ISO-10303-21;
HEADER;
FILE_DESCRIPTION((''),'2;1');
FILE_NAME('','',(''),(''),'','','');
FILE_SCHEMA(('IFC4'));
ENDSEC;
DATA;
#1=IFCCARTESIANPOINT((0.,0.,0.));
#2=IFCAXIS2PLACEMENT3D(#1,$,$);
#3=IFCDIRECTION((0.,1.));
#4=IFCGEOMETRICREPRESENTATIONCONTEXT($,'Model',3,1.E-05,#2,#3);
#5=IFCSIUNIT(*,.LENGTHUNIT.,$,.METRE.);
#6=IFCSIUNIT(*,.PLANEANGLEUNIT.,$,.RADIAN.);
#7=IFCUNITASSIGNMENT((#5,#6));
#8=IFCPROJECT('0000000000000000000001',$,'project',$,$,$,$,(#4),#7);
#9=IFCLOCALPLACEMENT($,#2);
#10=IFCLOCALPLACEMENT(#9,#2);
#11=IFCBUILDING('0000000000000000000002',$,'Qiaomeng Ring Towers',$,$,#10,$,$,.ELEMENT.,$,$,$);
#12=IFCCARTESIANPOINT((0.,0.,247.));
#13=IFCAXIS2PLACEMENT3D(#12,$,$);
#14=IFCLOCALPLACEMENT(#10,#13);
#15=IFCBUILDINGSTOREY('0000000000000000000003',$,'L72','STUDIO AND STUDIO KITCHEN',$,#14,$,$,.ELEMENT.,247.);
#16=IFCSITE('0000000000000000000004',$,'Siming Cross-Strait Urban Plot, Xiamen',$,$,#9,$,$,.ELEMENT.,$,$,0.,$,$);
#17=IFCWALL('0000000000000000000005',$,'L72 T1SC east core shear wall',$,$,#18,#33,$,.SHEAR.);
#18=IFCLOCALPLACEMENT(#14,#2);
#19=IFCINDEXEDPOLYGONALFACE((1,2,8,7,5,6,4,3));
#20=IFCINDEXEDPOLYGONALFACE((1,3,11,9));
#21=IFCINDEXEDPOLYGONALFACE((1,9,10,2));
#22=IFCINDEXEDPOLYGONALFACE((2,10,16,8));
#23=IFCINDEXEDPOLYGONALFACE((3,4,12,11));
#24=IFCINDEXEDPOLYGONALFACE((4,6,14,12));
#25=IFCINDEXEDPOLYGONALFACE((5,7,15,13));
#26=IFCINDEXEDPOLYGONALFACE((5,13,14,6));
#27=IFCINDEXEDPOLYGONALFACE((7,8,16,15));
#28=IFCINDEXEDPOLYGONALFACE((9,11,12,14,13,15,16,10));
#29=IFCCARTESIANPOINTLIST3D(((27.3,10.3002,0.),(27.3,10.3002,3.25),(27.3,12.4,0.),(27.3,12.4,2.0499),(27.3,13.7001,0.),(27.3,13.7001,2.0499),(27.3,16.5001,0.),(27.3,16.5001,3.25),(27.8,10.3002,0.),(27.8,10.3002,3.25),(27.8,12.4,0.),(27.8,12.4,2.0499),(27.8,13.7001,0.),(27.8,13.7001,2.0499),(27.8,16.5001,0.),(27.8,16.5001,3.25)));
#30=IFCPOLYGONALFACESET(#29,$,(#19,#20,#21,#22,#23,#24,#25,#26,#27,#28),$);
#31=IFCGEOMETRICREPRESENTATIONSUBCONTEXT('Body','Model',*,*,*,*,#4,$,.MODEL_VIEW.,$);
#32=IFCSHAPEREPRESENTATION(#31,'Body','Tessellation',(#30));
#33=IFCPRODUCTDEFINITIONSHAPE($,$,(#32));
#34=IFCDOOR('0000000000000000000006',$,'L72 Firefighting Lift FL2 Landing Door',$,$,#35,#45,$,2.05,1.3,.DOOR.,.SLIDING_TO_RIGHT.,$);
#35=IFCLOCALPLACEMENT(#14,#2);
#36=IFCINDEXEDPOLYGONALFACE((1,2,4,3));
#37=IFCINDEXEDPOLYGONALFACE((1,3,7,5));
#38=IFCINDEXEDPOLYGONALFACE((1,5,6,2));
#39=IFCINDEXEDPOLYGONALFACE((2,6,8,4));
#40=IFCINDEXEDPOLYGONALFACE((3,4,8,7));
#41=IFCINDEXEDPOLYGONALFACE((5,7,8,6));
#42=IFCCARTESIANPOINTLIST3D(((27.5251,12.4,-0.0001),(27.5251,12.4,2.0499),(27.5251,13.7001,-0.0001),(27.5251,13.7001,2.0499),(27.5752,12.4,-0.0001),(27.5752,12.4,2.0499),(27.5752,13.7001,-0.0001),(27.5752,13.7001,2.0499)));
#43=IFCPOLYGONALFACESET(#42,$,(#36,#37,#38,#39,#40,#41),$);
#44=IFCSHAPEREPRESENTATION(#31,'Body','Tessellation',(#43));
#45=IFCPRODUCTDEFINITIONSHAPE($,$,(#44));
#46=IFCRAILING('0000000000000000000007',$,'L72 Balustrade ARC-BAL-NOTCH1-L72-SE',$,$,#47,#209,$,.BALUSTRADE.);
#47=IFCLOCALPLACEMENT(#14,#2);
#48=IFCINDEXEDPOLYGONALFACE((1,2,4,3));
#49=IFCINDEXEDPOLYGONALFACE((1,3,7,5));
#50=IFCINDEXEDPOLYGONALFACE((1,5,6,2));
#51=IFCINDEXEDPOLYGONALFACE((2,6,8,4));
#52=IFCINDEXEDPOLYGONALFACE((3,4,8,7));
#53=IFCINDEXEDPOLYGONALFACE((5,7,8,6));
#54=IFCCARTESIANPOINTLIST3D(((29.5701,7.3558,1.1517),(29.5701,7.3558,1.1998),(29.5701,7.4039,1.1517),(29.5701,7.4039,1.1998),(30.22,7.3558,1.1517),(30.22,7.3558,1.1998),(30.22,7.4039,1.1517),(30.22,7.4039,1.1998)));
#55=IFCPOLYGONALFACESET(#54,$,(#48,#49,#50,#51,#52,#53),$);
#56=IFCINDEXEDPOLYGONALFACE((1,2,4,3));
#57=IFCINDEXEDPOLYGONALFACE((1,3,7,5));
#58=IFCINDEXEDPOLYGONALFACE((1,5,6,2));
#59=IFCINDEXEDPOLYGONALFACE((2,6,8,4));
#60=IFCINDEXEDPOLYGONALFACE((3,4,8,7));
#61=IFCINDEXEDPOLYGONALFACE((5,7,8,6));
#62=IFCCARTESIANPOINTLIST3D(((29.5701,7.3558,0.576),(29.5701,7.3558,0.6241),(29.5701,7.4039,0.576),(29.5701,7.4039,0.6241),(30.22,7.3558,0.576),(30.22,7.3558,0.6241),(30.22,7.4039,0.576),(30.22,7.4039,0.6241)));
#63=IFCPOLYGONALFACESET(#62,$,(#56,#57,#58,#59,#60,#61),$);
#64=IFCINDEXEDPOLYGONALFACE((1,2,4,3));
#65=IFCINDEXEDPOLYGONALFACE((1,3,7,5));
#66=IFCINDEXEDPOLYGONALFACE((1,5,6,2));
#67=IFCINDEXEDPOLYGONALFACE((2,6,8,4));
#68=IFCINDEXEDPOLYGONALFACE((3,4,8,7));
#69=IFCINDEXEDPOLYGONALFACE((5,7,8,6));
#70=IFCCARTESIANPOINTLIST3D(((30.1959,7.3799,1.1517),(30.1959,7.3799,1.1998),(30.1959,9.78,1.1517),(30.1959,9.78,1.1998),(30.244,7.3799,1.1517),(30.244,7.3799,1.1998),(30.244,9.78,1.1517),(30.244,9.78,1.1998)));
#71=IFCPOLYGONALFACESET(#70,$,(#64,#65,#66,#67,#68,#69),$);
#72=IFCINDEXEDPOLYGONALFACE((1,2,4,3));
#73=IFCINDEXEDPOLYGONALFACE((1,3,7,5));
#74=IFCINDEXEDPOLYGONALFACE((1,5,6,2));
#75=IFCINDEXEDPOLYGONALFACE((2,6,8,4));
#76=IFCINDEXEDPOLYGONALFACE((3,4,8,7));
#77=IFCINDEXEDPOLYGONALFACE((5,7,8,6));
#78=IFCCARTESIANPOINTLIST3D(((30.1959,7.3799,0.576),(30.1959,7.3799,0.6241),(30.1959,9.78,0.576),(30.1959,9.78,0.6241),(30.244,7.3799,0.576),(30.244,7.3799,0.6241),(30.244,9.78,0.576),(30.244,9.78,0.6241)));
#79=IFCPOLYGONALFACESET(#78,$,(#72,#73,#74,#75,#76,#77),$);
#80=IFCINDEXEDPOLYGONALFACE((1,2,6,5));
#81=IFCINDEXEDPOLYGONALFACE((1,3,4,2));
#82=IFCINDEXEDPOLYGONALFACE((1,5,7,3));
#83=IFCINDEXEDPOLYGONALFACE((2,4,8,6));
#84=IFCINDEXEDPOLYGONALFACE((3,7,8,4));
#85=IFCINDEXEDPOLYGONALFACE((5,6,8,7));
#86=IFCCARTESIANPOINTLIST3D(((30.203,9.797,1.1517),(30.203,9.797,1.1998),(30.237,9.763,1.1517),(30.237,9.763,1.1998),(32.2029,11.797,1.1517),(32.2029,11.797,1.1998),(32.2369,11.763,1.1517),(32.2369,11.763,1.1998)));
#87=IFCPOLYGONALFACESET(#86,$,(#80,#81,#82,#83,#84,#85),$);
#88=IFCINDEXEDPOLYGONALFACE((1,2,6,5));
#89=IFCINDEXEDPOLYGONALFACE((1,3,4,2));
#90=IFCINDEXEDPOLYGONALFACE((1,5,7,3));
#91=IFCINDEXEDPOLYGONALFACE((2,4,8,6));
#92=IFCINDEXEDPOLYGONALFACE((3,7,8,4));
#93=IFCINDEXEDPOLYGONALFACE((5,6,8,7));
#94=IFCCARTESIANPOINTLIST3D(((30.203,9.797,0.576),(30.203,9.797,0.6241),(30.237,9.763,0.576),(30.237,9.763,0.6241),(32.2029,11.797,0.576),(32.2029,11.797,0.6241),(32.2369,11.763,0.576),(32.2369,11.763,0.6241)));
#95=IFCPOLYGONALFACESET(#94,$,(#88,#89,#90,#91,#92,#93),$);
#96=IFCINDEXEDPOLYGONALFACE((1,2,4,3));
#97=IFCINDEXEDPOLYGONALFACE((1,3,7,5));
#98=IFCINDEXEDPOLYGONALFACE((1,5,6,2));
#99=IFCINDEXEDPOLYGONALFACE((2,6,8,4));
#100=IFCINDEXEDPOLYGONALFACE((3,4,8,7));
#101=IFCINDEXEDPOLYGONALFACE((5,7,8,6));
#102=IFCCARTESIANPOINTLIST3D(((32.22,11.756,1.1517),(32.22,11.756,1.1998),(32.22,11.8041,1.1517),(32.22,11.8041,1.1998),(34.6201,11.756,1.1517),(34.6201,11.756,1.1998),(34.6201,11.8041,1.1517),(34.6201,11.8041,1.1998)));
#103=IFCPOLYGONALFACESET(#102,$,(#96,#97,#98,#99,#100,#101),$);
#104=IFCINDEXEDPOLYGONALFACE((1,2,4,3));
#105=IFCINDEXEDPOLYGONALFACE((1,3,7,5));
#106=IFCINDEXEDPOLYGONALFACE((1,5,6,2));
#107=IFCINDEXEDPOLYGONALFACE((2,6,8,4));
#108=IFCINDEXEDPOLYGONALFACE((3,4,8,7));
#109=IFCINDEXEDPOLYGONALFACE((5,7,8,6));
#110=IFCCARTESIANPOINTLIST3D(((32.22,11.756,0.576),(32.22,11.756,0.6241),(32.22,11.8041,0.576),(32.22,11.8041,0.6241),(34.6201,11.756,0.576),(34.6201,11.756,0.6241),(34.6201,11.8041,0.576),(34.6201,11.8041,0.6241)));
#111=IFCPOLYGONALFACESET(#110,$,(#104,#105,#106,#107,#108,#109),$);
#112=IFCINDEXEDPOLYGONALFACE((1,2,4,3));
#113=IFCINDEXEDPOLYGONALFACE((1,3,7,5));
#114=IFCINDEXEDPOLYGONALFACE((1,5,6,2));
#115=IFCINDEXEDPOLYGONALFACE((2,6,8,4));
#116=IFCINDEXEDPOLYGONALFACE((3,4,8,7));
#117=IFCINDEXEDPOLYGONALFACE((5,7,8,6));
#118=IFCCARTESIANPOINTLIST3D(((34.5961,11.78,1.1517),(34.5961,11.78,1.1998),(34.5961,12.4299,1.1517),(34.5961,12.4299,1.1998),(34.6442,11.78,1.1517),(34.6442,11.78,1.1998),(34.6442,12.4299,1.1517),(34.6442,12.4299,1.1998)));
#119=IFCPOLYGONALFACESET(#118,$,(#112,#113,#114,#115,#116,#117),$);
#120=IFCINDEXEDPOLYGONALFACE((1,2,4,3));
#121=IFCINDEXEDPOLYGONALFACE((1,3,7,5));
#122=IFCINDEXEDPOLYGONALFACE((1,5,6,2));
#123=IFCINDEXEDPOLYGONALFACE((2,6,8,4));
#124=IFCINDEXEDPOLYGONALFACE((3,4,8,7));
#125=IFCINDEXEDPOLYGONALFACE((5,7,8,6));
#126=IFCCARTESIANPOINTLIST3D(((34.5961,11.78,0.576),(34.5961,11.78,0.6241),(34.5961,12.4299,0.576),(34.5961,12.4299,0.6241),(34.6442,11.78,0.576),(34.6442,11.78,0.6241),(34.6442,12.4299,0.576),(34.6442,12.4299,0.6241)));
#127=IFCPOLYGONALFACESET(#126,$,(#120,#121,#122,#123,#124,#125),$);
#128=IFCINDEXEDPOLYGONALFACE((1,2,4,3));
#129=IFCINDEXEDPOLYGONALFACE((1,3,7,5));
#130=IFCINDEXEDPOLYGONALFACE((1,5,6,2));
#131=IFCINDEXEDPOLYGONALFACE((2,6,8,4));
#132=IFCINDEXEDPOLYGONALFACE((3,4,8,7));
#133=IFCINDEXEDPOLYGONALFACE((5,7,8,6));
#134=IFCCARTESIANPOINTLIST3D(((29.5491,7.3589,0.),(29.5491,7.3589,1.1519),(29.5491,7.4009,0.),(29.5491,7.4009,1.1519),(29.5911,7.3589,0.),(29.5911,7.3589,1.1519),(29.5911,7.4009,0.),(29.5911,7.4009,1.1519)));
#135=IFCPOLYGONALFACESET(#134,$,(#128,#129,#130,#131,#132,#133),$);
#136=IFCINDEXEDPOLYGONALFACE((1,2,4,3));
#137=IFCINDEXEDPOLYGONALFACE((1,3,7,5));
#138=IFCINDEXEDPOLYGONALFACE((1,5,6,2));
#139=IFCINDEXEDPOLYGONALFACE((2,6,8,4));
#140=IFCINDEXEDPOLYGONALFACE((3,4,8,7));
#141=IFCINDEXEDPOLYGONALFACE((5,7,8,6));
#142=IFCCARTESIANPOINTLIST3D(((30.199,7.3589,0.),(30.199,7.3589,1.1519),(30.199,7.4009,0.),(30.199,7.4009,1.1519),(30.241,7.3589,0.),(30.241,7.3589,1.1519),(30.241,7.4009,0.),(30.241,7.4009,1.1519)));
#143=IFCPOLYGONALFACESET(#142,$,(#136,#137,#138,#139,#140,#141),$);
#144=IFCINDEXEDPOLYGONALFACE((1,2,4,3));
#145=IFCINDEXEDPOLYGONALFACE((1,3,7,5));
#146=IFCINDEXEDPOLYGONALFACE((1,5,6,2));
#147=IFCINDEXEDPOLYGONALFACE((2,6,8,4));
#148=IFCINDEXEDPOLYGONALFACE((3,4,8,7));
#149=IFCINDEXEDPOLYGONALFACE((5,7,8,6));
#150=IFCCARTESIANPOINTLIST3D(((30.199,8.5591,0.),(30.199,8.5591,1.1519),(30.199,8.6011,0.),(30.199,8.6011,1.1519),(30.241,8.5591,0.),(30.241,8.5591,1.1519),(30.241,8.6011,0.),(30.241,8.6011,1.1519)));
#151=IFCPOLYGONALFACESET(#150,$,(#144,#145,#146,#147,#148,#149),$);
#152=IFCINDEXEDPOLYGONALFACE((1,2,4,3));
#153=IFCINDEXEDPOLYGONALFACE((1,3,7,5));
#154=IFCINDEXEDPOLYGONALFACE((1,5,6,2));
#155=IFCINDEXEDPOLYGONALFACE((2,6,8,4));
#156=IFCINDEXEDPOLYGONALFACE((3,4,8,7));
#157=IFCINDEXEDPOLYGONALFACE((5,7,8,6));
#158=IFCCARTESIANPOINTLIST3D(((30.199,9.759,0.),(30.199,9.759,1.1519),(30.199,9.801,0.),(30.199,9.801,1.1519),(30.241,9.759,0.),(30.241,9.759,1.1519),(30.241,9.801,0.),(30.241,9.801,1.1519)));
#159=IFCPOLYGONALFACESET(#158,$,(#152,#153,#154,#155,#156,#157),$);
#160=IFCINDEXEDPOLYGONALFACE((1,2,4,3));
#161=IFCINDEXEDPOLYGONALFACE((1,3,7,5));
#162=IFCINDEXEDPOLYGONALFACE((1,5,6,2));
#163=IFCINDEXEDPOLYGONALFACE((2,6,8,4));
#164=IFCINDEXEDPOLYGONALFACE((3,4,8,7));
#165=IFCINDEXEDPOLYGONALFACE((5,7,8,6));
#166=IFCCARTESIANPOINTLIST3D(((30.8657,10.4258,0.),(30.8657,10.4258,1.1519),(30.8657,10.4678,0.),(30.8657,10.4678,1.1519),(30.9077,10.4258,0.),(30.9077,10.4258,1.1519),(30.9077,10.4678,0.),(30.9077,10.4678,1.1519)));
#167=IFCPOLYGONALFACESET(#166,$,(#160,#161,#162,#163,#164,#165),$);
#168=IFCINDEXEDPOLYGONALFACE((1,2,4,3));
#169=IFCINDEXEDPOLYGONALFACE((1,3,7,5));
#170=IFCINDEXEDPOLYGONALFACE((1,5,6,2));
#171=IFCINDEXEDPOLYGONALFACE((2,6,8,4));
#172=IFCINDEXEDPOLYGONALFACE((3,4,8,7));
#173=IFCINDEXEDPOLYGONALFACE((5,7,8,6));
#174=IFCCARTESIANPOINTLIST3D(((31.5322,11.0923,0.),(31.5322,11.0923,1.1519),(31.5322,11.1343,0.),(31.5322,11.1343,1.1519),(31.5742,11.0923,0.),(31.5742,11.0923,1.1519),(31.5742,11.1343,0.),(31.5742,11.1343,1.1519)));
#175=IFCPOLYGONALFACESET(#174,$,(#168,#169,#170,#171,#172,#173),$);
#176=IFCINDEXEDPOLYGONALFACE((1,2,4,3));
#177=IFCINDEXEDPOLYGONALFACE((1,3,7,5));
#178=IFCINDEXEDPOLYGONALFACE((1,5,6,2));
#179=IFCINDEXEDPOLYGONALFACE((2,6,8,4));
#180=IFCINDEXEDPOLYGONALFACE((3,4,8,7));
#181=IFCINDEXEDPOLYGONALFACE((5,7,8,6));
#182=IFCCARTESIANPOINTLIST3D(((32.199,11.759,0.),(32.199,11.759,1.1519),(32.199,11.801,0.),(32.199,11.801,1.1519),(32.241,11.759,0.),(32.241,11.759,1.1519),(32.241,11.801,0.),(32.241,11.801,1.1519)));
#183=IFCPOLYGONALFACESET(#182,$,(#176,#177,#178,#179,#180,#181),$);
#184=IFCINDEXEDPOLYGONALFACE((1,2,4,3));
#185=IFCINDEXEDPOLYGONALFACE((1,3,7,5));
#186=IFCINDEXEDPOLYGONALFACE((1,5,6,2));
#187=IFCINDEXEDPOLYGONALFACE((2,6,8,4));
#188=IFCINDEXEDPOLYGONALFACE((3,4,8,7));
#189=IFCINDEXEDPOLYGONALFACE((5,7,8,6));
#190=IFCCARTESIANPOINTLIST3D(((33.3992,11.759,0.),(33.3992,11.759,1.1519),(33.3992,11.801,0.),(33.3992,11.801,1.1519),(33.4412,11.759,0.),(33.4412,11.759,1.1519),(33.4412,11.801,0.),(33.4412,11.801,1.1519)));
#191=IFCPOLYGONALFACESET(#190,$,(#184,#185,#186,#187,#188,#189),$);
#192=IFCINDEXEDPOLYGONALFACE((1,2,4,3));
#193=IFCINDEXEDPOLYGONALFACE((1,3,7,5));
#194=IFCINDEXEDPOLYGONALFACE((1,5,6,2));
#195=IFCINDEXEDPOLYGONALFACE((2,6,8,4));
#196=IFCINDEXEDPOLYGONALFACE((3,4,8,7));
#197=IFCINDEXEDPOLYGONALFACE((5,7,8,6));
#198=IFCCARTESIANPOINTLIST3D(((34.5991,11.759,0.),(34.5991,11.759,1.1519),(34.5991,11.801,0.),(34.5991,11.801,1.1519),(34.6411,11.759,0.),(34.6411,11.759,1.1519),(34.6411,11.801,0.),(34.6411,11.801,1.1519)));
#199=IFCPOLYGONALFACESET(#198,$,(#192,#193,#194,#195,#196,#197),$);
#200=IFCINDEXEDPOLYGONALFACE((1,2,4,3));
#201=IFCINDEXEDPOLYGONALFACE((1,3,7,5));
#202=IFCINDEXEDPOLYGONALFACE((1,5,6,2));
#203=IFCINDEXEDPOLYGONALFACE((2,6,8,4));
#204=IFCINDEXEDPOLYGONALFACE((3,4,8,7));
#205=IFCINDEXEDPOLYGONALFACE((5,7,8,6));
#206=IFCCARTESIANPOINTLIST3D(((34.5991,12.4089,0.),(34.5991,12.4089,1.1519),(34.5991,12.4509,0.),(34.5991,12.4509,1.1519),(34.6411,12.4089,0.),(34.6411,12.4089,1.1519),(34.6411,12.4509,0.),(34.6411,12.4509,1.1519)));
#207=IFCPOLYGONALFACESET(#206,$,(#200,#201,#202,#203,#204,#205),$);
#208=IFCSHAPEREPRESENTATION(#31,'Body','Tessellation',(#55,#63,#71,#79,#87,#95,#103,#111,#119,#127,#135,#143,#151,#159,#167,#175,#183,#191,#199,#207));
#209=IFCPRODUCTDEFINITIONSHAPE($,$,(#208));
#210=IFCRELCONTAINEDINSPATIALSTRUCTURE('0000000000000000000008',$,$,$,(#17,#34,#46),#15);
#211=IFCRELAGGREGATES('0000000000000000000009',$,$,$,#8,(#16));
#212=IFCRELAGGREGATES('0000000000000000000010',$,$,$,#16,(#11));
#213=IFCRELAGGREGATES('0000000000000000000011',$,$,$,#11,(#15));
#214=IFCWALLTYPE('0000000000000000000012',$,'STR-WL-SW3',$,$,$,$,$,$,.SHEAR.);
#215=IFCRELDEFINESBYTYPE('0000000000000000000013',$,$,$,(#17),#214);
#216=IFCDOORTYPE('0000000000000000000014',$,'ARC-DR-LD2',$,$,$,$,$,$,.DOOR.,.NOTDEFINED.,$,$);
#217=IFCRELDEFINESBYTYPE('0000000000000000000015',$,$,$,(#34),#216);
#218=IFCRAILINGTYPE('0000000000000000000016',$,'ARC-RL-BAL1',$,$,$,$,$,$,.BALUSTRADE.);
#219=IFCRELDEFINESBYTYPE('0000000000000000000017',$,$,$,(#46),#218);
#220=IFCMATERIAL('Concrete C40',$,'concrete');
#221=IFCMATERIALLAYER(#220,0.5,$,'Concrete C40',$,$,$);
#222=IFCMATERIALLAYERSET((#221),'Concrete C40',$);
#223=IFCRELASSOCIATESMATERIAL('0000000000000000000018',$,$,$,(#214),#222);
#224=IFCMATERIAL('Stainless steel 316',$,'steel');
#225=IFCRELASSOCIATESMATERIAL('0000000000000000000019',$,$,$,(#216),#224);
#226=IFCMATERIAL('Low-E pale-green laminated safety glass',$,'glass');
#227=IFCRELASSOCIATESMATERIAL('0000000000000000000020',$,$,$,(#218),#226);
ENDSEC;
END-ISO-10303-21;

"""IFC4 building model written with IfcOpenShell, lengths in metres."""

from ifc_helpers import new_model, si_unit, direction, frame, frame_2d, origin, origin_2d, place, context, subcontext, project, spatial, rectangle, extrude, source, transform, mapped, material, layer, layer_set, type_object, element, fill, save


model = new_model("IFC4")

# Units and contexts
model_context = context("Model", 3, precision=1e-05, world=origin(), true_north=direction((0.0, 1.0)))
body_context = subcontext(model_context, "Body", "Model", "MODEL_VIEW")
ifc_project = project(units=[si_unit("LENGTHUNIT", "METRE"), si_unit("PLANEANGLEUNIT", "RADIAN")], contexts=[model_context])

# Site, building, storey
site_placement = place(None, origin())
site = spatial("IfcSite", under=ifc_project, at=site_placement, Name="Siming Cross-Strait Urban Plot, Xiamen", CompositionType="ELEMENT", RefElevation=0.0)
building_placement = place(site_placement, origin())
building = spatial("IfcBuilding", under=site, at=building_placement, Name="Qiaomeng Ring Towers", CompositionType="ELEMENT")
storey_placement = place(building_placement, frame((0.0, 0.0, 247.0)))
storey = spatial("IfcBuildingStorey", under=building, at=storey_placement, Name="L72", Description="STUDIO AND STUDIO KITCHEN", CompositionType="ELEMENT", Elevation=247.0)

# Shared definitions
ifc_material_1 = material(Name="Concrete C40", Category="concrete")

# Wall, opening, door
ifc_layer_1 = layer(ifc_material_1, 0.5, Name="Concrete C40")
ifc_layer_set_1 = layer_set([ifc_layer_1], Name="Concrete C40")
wall_type_1 = type_object("IfcWallType", Name="STR-WL-SW3", PredefinedType="SHEAR", material=ifc_layer_set_1)
wall_1_placement = place(storey_placement, frame((27.55, 10.3, 0.0), z_axis=(0.0, 0.0, 1.0), x_axis=(0.0, 1.0, 0.0)))
wall_1 = element("IfcWall", 1, at=wall_1_placement, inside=storey, type_object=wall_type_1, Name="L72 T1SC east core shear wall", PredefinedType="SHEAR", context=body_context, shape_type="SweptSolid", body=[
    extrude(rectangle(XDim=6.2, YDim=0.5, at=frame_2d((3.1001, 0.0))), origin(), (0.0, 0.0, 1.0), 3.25),
])
opening_1_placement = place(wall_1_placement, frame((2.1001, 0.0, 0.0)))
opening_1 = element("IfcOpeningElement", 2, at=opening_1_placement, cuts=wall_1, PredefinedType="OPENING", context=body_context, shape_type="SweptSolid", body=[
    extrude(rectangle(XDim=1.3, YDim=2.05, at=frame_2d((0.6499, 1.0249))), frame((0.0, 0.26, 0.0), z_axis=(0.0, -1.0, 0.0), x_axis=(1.0, 0.0, 0.0)), (0.0, 0.0, 1.0), 0.52),
])
ifc_material_2 = material(Name="Stainless steel 316", Category="steel")
door_type_1 = type_object("IfcDoorType", Name="ARC-DR-LD2", OperationType="NOTDEFINED", PredefinedType="DOOR", material=ifc_material_2)
shared_shape_1 = source(origin(), body_context, "Body", "SweptSolid", [
    extrude(rectangle(XDim=1.3, YDim=2.05, at=frame_2d((0.6499, 1.0249))), frame((0.0, 0.0249, 0.0), z_axis=(0.0, -1.0, 0.0), x_axis=(1.0, 0.0, 0.0)), (0.0, 0.0, 1.0), 0.05),
])
door_1_placement = place(opening_1_placement, origin())
door_1 = element("IfcDoor", 3, at=door_1_placement, inside=storey, type_object=door_type_1, Name="L72 Firefighting Lift FL2 Landing Door", OperationType="SLIDING_TO_RIGHT", OverallHeight=2.05, OverallWidth=1.3, PredefinedType="DOOR", context=body_context, shape_type="MappedRepresentation", body=[
    mapped(shared_shape_1, transform((0.0, 0.0, 0.0), x_axis=(1.0, 0.0, 0.0), y_axis=(0.0, 1.0, 0.0), z_axis=(0.0, 0.0, 1.0), scale=1.0)),
])
fill(opening_1, door_1)

# Railing
ifc_material_3 = material(Name="Low-E pale-green laminated safety glass", Category="glass")
railing_type = type_object("IfcRailingType", Name="ARC-RL-BAL1", PredefinedType="BALUSTRADE", material=ifc_material_3)
railing_placement = place(storey_placement, frame((29.5701, 7.3799, 0.0)))
element("IfcRailing", 4, at=railing_placement, inside=storey, type_object=railing_type, Name="L72 Balustrade ARC-BAL-NOTCH1-L72-SE", PredefinedType="BALUSTRADE", context=body_context, shape_type="SweptSolid", body=[
    extrude(rectangle(XDim=0.0481, YDim=0.0481, at=origin_2d()), frame((0.0, 0.0, 1.1758), z_axis=(1.0, 0.0, 0.0), x_axis=(0.0, 1.0, 0.0)), (0.0, 0.0, 1.0), 0.6499),
    extrude(rectangle(XDim=0.0481, YDim=0.0481, at=origin_2d()), frame((0.0, 0.0, 0.6001), z_axis=(1.0, 0.0, 0.0), x_axis=(0.0, 1.0, 0.0)), (0.0, 0.0, 1.0), 0.6499),
    extrude(rectangle(XDim=0.0481, YDim=0.0481, at=origin_2d()), frame((0.6499, 0.0, 1.1758), z_axis=(0.0, 1.0, 0.0), x_axis=(-1.0, 0.0, 0.0)), (0.0, 0.0, 1.0), 2.4001),
    extrude(rectangle(XDim=0.0481, YDim=0.0481, at=origin_2d()), frame((0.6499, 0.0, 0.6001), z_axis=(0.0, 1.0, 0.0), x_axis=(-1.0, 0.0, 0.0)), (0.0, 0.0, 1.0), 2.4001),
    extrude(rectangle(XDim=0.0481, YDim=0.0481, at=origin_2d()), frame((0.6499, 2.4001, 1.1758), z_axis=(0.707107, 0.707107, 0.0), x_axis=(-0.707107, 0.707107, 0.0)), (0.0, 0.0, 1.0), 2.8284),
    extrude(rectangle(XDim=0.0481, YDim=0.0481, at=origin_2d()), frame((0.6499, 2.4001, 0.6001), z_axis=(0.707107, 0.707107, 0.0), x_axis=(-0.707107, 0.707107, 0.0)), (0.0, 0.0, 1.0), 2.8284),
    extrude(rectangle(XDim=0.0481, YDim=0.0481, at=origin_2d()), frame((2.6499, 4.4001, 1.1758), z_axis=(1.0, 0.0, 0.0), x_axis=(0.0, 1.0, 0.0)), (0.0, 0.0, 1.0), 2.4001),
    extrude(rectangle(XDim=0.0481, YDim=0.0481, at=origin_2d()), frame((2.6499, 4.4001, 0.6001), z_axis=(1.0, 0.0, 0.0), x_axis=(0.0, 1.0, 0.0)), (0.0, 0.0, 1.0), 2.4001),
    extrude(rectangle(XDim=0.0481, YDim=0.0481, at=origin_2d()), frame((5.05, 4.4001, 1.1758), z_axis=(0.0, 1.0, 0.0), x_axis=(-1.0, 0.0, 0.0)), (0.0, 0.0, 1.0), 0.6499),
    extrude(rectangle(XDim=0.0481, YDim=0.0481, at=origin_2d()), frame((5.05, 4.4001, 0.6001), z_axis=(0.0, 1.0, 0.0), x_axis=(-1.0, 0.0, 0.0)), (0.0, 0.0, 1.0), 0.6499),
    extrude(rectangle(XDim=0.042, YDim=0.042, at=origin_2d()), origin(), (0.0, 0.0, 1.0), 1.1519),
    extrude(rectangle(XDim=0.042, YDim=0.042, at=origin_2d()), frame((0.6499, 0.0, 0.0)), (0.0, 0.0, 1.0), 1.1519),
    extrude(rectangle(XDim=0.042, YDim=0.042, at=origin_2d()), frame((0.6499, 1.2002, 0.0)), (0.0, 0.0, 1.0), 1.1519),
    extrude(rectangle(XDim=0.042, YDim=0.042, at=origin_2d()), frame((0.6499, 2.4001, 0.0)), (0.0, 0.0, 1.0), 1.1519),
    extrude(rectangle(XDim=0.042, YDim=0.042, at=origin_2d()), frame((1.3167, 3.0669, 0.0)), (0.0, 0.0, 1.0), 1.1519),
    extrude(rectangle(XDim=0.042, YDim=0.042, at=origin_2d()), frame((1.9832, 3.7334, 0.0)), (0.0, 0.0, 1.0), 1.1519),
    extrude(rectangle(XDim=0.042, YDim=0.042, at=origin_2d()), frame((2.6499, 4.4001, 0.0)), (0.0, 0.0, 1.0), 1.1519),
    extrude(rectangle(XDim=0.042, YDim=0.042, at=origin_2d()), frame((3.8501, 4.4001, 0.0)), (0.0, 0.0, 1.0), 1.1519),
    extrude(rectangle(XDim=0.042, YDim=0.042, at=origin_2d()), frame((5.05, 4.4001, 0.0)), (0.0, 0.0, 1.0), 1.1519),
    extrude(rectangle(XDim=0.042, YDim=0.042, at=origin_2d()), frame((5.05, 5.05, 0.0)), (0.0, 0.0, 1.0), 1.1519),
])

save(model, "model.ifc")
